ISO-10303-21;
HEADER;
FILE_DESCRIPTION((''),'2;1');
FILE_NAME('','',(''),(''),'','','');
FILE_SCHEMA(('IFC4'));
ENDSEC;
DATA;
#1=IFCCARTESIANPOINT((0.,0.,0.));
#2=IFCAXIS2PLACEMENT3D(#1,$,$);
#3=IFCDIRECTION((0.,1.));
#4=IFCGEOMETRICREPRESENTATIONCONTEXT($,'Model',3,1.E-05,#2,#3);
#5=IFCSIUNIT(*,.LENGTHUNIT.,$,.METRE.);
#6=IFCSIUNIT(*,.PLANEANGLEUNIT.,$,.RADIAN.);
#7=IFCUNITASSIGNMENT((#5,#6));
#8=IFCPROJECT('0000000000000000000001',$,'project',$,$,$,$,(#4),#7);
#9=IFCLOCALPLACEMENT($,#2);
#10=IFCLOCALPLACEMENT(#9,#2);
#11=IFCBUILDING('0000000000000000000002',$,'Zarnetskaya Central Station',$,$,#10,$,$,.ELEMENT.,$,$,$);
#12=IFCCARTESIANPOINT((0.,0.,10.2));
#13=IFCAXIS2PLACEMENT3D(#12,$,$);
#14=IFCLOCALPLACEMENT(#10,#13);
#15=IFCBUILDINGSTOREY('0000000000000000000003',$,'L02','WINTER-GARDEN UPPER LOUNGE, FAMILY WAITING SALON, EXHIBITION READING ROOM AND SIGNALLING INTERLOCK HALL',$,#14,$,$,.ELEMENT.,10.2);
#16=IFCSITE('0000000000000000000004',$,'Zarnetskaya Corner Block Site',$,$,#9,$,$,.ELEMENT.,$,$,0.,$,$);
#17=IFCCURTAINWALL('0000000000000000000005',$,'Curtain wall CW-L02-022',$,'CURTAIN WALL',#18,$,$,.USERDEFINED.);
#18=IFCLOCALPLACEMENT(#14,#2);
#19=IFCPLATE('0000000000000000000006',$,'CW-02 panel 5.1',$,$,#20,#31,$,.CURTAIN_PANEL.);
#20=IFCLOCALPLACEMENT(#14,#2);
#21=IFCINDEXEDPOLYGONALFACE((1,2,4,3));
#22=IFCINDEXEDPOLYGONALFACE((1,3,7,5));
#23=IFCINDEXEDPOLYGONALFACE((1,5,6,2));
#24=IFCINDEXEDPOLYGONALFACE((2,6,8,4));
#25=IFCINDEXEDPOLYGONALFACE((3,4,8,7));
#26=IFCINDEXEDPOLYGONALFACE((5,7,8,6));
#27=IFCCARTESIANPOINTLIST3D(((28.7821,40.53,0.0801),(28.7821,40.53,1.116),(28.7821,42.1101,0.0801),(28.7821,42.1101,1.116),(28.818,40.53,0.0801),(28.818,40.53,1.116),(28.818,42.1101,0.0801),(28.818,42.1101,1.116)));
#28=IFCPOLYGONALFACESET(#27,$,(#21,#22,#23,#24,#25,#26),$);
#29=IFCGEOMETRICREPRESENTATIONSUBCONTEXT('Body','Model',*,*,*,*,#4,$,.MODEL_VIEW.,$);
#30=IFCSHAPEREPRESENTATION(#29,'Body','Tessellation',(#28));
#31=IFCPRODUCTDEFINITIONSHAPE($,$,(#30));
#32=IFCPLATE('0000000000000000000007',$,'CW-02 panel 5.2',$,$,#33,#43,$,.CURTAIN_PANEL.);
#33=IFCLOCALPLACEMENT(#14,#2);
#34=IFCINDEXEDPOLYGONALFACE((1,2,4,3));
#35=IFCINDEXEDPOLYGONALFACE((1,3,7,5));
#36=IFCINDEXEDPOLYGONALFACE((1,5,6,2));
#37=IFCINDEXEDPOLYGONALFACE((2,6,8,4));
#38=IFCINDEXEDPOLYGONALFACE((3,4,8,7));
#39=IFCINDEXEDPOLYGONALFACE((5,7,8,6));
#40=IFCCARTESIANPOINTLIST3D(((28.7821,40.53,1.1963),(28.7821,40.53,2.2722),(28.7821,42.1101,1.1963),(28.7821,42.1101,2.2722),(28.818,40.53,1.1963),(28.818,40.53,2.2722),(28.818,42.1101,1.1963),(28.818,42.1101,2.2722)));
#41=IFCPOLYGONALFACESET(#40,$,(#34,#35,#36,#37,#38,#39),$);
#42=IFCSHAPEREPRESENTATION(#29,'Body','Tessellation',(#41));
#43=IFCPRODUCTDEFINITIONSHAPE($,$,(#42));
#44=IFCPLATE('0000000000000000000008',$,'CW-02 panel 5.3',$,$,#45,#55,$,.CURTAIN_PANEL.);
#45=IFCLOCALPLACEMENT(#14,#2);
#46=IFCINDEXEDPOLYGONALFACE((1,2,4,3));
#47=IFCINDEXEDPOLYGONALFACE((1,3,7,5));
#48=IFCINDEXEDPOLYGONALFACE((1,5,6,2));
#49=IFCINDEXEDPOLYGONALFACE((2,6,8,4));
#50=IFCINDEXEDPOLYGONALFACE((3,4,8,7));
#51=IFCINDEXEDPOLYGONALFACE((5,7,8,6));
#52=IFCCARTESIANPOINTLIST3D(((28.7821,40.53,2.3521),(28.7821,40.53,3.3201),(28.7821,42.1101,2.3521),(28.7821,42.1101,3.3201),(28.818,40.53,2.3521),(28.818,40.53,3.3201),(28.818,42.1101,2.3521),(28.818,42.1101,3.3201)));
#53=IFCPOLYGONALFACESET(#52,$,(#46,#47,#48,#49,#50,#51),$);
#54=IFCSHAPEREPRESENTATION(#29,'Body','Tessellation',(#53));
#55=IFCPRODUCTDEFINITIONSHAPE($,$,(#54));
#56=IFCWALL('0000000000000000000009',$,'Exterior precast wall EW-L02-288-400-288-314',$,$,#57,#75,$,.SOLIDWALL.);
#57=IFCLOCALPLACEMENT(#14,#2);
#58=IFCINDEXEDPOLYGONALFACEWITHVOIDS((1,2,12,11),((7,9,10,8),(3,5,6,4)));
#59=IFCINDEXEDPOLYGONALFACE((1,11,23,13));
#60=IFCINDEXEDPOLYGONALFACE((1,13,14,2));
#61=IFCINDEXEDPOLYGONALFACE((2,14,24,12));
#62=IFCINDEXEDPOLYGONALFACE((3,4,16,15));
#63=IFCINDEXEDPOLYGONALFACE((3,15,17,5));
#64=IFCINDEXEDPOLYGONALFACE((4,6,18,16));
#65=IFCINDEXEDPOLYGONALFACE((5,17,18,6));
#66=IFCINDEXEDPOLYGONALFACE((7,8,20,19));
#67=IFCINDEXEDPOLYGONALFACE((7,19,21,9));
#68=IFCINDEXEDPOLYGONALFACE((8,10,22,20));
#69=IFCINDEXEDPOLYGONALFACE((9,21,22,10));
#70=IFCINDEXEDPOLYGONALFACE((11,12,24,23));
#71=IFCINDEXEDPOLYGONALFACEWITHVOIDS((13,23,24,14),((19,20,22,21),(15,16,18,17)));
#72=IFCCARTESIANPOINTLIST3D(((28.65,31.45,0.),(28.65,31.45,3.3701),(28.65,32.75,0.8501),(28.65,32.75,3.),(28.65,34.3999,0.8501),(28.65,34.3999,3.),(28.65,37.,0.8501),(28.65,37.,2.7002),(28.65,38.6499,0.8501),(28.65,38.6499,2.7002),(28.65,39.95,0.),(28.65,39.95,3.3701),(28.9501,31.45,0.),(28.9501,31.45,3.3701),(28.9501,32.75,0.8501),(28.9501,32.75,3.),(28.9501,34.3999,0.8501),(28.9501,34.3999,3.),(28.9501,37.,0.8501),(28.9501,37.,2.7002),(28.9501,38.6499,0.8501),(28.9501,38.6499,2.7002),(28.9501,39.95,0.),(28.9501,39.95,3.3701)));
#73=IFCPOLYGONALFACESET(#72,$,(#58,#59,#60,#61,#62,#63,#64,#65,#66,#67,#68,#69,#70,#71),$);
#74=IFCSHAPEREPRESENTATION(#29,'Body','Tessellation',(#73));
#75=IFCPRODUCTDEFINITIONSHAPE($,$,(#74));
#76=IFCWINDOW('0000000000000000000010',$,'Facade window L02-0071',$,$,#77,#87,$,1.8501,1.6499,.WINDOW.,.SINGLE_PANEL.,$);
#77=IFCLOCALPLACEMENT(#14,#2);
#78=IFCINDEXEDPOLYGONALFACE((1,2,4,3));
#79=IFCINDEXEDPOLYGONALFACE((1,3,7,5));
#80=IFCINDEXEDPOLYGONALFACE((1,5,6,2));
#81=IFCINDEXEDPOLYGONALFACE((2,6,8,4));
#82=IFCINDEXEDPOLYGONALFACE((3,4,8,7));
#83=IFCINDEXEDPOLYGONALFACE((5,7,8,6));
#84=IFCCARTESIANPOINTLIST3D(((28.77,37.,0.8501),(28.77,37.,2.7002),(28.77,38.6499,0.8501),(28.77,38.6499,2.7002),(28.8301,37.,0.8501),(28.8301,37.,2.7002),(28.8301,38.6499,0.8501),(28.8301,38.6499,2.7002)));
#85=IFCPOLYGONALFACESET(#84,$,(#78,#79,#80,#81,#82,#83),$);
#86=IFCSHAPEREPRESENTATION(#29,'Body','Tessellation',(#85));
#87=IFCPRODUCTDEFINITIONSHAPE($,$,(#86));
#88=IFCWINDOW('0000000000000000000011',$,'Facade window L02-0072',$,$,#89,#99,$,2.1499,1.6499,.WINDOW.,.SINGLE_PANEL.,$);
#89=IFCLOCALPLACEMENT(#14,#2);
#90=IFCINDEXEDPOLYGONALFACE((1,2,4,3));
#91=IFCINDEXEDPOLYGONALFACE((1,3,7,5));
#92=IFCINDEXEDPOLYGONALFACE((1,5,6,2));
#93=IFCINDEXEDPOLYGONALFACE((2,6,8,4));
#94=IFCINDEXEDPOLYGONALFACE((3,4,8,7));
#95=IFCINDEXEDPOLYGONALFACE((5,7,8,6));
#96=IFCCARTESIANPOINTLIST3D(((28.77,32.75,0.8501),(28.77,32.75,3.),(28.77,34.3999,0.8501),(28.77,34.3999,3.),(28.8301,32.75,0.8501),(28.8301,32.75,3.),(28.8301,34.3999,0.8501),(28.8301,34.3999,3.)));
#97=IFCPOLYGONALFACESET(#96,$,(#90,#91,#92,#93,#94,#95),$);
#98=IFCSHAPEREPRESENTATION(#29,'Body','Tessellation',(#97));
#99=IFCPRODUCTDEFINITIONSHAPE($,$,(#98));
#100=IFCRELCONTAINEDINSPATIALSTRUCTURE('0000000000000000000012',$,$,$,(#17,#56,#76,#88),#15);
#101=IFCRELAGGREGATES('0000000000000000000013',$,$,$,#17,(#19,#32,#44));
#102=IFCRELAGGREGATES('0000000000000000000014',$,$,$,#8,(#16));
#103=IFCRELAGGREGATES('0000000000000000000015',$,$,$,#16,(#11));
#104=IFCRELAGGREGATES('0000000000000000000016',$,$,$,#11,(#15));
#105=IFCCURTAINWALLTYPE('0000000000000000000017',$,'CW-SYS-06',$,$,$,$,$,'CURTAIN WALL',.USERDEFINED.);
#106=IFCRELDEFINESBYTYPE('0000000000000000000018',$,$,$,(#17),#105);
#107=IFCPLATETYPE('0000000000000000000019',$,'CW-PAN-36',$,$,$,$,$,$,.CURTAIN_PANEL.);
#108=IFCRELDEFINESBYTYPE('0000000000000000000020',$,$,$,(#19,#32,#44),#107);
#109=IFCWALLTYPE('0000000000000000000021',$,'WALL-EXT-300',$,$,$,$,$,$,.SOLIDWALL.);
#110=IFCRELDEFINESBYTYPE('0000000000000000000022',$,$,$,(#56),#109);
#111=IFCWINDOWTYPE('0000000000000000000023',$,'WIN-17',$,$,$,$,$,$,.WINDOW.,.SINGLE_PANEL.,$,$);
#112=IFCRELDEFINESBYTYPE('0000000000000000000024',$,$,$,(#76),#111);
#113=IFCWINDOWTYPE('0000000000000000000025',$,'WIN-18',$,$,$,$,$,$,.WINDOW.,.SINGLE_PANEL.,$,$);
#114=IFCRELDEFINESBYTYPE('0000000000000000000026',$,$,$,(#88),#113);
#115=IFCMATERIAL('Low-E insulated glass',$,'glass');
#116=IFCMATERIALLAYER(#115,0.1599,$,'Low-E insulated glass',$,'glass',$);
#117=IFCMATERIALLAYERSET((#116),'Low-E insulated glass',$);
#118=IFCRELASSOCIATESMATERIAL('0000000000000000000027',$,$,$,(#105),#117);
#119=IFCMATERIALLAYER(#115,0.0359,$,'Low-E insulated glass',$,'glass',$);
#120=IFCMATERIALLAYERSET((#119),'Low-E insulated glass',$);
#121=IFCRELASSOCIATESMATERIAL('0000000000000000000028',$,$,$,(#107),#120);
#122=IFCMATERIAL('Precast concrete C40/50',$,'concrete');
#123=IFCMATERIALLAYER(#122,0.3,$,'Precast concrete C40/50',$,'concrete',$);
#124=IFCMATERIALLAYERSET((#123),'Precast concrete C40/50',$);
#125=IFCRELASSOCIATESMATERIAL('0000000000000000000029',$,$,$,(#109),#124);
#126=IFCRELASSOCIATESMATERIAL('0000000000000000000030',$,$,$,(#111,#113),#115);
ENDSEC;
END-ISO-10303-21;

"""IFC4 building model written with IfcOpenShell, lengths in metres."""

from ifc_helpers import new_model, si_unit, direction, frame, frame_2d, origin, origin_2d, place, context, subcontext, project, spatial, rectangle, extrude, material, layer, layer_set, type_object, element, fill, aggregate, save


model = new_model("IFC4")

# Units and contexts
model_context = context("Model", 3, precision=1e-05, world=origin(), true_north=direction((0.0, 1.0)))
body_context = subcontext(model_context, "Body", "Model", "MODEL_VIEW")
ifc_project = project(units=[si_unit("LENGTHUNIT", "METRE"), si_unit("PLANEANGLEUNIT", "RADIAN")], contexts=[model_context])

# Site, building, storey
site_placement = place(None, origin())
site = spatial("IfcSite", under=ifc_project, at=site_placement, Name="Zarnetskaya Corner Block Site", CompositionType="ELEMENT", RefElevation=0.0)
building_placement = place(site_placement, origin())
building = spatial("IfcBuilding", under=site, at=building_placement, Name="Zarnetskaya Central Station", CompositionType="ELEMENT")
storey_placement = place(building_placement, frame((0.0, 0.0, 10.2)))
storey = spatial("IfcBuildingStorey", under=building, at=storey_placement, Name="L02", Description="WINTER-GARDEN UPPER LOUNGE, FAMILY WAITING SALON, EXHIBITION READING ROOM AND SIGNALLING INTERLOCK HALL", CompositionType="ELEMENT", Elevation=10.2)

# Curtain wall
ifc_material_1 = material(Name="Low-E insulated glass", Category="glass")
ifc_layer_1 = layer(ifc_material_1, 0.1599, Name="Low-E insulated glass", Category="glass")
ifc_layer_set_1 = layer_set([ifc_layer_1], Name="Low-E insulated glass")
curtain_wall_type = type_object("IfcCurtainWallType", Name="CW-SYS-06", ElementType="CURTAIN WALL", PredefinedType="USERDEFINED", material=ifc_layer_set_1)
curtain_wall_placement = place(storey_placement, origin())
curtain_wall = element("IfcCurtainWall", 1, at=curtain_wall_placement, inside=storey, type_object=curtain_wall_type, Name="Curtain wall CW-L02-022", ObjectType="CURTAIN WALL", PredefinedType="USERDEFINED")

# Plates
ifc_layer_2 = layer(ifc_material_1, 0.0359, Name="Low-E insulated glass", Category="glass")
ifc_layer_set_2 = layer_set([ifc_layer_2], Name="Low-E insulated glass")
plate_type = type_object("IfcPlateType", Name="CW-PAN-36", PredefinedType="CURTAIN_PANEL", material=ifc_layer_set_2)
plate_1_placement = place(storey_placement, frame((28.8, 41.3201, 0.0801), z_axis=(0.0, 0.0, 1.0), x_axis=(0.0, -1.0, 0.0)))
plate_1 = element("IfcPlate", 2, at=plate_1_placement, type_object=plate_type, Name="CW-02 panel 5.1", PredefinedType="CURTAIN_PANEL", context=body_context, shape_type="SweptSolid", body=[
    extrude(rectangle(XDim=1.5801, YDim=0.0359, at=origin_2d()), origin(), (0.0, 0.0, 1.0), 1.0359),
])
plate_2_placement = place(storey_placement, frame((28.8, 41.3201, 1.1963), z_axis=(0.0, 0.0, 1.0), x_axis=(0.0, -1.0, 0.0)))
plate_2 = element("IfcPlate", 3, at=plate_2_placement, type_object=plate_type, Name="CW-02 panel 5.2", PredefinedType="CURTAIN_PANEL", context=body_context, shape_type="SweptSolid", body=[
    extrude(rectangle(XDim=1.5801, YDim=0.0359, at=origin_2d()), origin(), (0.0, 0.0, 1.0), 1.0759),
])
plate_3_placement = place(storey_placement, frame((28.8, 41.3201, 2.3521), z_axis=(0.0, 0.0, 1.0), x_axis=(0.0, -1.0, 0.0)))
plate_3 = element("IfcPlate", 4, at=plate_3_placement, type_object=plate_type, Name="CW-02 panel 5.3", PredefinedType="CURTAIN_PANEL", context=body_context, shape_type="SweptSolid", body=[
    extrude(rectangle(XDim=1.5801, YDim=0.0359, at=origin_2d()), origin(), (0.0, 0.0, 1.0), 0.968),
])
aggregate(curtain_wall, [plate_1, plate_2, plate_3])

# Wall, openings, windows
ifc_material_2 = material(Name="Precast concrete C40/50", Category="concrete")
ifc_layer_3 = layer(ifc_material_2, 0.3, Name="Precast concrete C40/50", Category="concrete")
ifc_layer_set_3 = layer_set([ifc_layer_3], Name="Precast concrete C40/50")
wall_type = type_object("IfcWallType", Name="WALL-EXT-300", PredefinedType="SOLIDWALL", material=ifc_layer_set_3)
wall_placement = place(storey_placement, frame((28.8, 39.95, 0.0), z_axis=(0.0, 0.0, 1.0), x_axis=(0.0, -1.0, 0.0)))
wall = element("IfcWall", 5, at=wall_placement, inside=storey, type_object=wall_type, Name="Exterior precast wall EW-L02-288-400-288-314", PredefinedType="SOLIDWALL", context=body_context, shape_type="SweptSolid", body=[
    extrude(rectangle(XDim=8.5, YDim=0.3, at=frame_2d((4.25, 0.0))), origin(), (0.0, 0.0, 1.0), 3.3701),
])
opening_1_placement = place(wall_placement, frame((1.3, 0.0, 0.8501)))
opening_1 = element("IfcOpeningElement", 6, at=opening_1_placement, cuts=wall, PredefinedType="OPENING", context=body_context, shape_type="SweptSolid", body=[
    extrude(rectangle(XDim=1.6499, YDim=1.8501, at=frame_2d((0.825, 0.925))), frame((0.0, 0.1602, 0.0), z_axis=(0.0, -1.0, 0.0), x_axis=(1.0, 0.0, 0.0)), (0.0, 0.0, 1.0), 0.3201),
])
opening_2_placement = place(wall_placement, frame((5.55, 0.0, 0.8501)))
opening_2 = element("IfcOpeningElement", 7, at=opening_2_placement, cuts=wall, PredefinedType="OPENING", context=body_context, shape_type="SweptSolid", body=[
    extrude(rectangle(XDim=1.6499, YDim=2.1499, at=frame_2d((0.825, 1.075))), frame((0.0, 0.1602, 0.0), z_axis=(0.0, -1.0, 0.0), x_axis=(1.0, 0.0, 0.0)), (0.0, 0.0, 1.0), 0.3201),
])
window_type_1 = type_object("IfcWindowType", Name="WIN-17", PartitioningType="SINGLE_PANEL", PredefinedType="WINDOW", material=ifc_material_1)
window_1_placement = place(opening_1_placement, origin())
window_1 = element("IfcWindow", 8, at=window_1_placement, inside=storey, type_object=window_type_1, Name="Facade window L02-0071", OverallHeight=1.8501, OverallWidth=1.6499, PartitioningType="SINGLE_PANEL", PredefinedType="WINDOW", context=body_context, shape_type="SweptSolid", body=[
    extrude(rectangle(XDim=1.6499, YDim=1.8501, at=frame_2d((0.825, 0.925))), frame((0.0, 0.03, 0.0), z_axis=(0.0, -1.0, 0.0), x_axis=(1.0, 0.0, 0.0)), (0.0, 0.0, 1.0), 0.0601),
])
fill(opening_1, window_1)
window_type_2 = type_object("IfcWindowType", Name="WIN-18", PartitioningType="SINGLE_PANEL", PredefinedType="WINDOW", material=ifc_material_1)
window_2_placement = place(opening_2_placement, origin())
window_2 = element("IfcWindow", 9, at=window_2_placement, inside=storey, type_object=window_type_2, Name="Facade window L02-0072", OverallHeight=2.1499, OverallWidth=1.6499, PartitioningType="SINGLE_PANEL", PredefinedType="WINDOW", context=body_context, shape_type="SweptSolid", body=[
    extrude(rectangle(XDim=1.6499, YDim=2.1499, at=frame_2d((0.825, 1.075))), frame((0.0, 0.03, 0.0), z_axis=(0.0, -1.0, 0.0), x_axis=(1.0, 0.0, 0.0)), (0.0, 0.0, 1.0), 0.0601),
])
fill(opening_2, window_2)

save(model, "model.ifc")
